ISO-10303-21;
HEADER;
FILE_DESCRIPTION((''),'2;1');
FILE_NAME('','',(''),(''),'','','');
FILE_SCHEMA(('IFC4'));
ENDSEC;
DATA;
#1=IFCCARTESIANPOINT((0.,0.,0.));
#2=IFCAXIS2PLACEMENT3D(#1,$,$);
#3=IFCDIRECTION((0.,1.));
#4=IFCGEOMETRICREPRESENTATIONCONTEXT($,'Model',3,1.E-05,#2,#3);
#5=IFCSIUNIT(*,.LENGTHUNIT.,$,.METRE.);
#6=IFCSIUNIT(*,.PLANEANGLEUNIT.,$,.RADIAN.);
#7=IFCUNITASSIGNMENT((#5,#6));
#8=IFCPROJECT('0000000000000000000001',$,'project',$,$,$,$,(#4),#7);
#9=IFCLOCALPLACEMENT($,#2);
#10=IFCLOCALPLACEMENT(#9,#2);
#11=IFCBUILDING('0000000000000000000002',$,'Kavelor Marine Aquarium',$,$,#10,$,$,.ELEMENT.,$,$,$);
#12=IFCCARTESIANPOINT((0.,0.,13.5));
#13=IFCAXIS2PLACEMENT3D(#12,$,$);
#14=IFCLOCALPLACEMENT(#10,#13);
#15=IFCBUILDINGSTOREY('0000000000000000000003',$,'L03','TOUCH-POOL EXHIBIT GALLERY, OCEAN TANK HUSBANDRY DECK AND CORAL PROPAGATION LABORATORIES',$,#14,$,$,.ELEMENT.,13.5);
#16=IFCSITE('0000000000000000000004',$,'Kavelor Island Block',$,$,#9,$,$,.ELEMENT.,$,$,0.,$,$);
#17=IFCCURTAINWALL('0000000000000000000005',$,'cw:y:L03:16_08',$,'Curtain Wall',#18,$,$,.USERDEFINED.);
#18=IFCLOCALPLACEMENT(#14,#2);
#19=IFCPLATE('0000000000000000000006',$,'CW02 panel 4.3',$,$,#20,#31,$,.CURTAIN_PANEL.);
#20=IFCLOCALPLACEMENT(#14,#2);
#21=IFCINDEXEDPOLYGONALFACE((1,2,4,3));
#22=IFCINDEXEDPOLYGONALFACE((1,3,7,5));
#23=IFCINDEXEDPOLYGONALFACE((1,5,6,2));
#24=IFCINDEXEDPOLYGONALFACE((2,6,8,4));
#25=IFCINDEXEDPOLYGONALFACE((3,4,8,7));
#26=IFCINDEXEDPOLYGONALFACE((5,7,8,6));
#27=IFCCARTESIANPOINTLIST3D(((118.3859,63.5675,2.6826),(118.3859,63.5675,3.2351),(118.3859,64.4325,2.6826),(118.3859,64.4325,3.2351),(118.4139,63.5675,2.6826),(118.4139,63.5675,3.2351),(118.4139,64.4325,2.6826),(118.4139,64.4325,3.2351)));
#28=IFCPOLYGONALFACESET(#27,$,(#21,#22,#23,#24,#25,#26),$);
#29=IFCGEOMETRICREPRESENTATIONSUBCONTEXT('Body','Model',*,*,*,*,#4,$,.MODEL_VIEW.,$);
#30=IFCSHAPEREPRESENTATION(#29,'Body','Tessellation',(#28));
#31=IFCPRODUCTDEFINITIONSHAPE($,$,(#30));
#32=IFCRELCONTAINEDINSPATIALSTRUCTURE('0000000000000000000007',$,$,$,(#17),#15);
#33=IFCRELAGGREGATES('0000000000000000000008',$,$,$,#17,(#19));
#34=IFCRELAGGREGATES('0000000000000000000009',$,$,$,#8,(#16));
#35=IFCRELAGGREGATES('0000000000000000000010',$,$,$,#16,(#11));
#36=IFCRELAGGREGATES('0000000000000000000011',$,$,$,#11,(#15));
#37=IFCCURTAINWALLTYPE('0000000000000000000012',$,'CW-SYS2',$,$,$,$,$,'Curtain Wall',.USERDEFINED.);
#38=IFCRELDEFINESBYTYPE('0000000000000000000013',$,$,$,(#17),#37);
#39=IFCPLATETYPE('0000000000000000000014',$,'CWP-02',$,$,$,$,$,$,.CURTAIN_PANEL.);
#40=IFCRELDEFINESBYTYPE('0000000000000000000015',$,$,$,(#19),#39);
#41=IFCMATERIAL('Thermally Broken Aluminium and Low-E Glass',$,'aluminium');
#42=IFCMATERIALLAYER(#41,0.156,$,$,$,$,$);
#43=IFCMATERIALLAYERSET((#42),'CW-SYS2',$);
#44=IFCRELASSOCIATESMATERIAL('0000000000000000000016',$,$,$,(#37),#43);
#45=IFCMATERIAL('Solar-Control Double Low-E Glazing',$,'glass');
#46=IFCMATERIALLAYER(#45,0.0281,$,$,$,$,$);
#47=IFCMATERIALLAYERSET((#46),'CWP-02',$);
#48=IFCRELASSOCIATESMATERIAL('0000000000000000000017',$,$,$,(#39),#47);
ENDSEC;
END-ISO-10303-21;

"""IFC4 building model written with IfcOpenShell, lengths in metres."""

from ifc_helpers import new_model, si_unit, direction, frame, origin, origin_2d, place, context, subcontext, project, spatial, rectangle, extrude, material, layer, layer_set, type_object, element, aggregate, save


model = new_model("IFC4")

# Units and contexts
model_context = context("Model", 3, precision=1e-05, world=origin(), true_north=direction((0.0, 1.0)))
body_context = subcontext(model_context, "Body", "Model", "MODEL_VIEW")
ifc_project = project(units=[si_unit("LENGTHUNIT", "METRE"), si_unit("PLANEANGLEUNIT", "RADIAN")], contexts=[model_context])

# Site, building, storey
site_placement = place(None, origin())
site = spatial("IfcSite", under=ifc_project, at=site_placement, Name="Kavelor Island Block", CompositionType="ELEMENT", RefElevation=0.0)
building_placement = place(site_placement, origin())
building = spatial("IfcBuilding", under=site, at=building_placement, Name="Kavelor Marine Aquarium", CompositionType="ELEMENT")
storey_placement = place(building_placement, frame((0.0, 0.0, 13.5)))
storey = spatial("IfcBuildingStorey", under=building, at=storey_placement, Name="L03", Description="TOUCH-POOL EXHIBIT GALLERY, OCEAN TANK HUSBANDRY DECK AND CORAL PROPAGATION LABORATORIES", CompositionType="ELEMENT", Elevation=13.5)

# Curtain wall
ifc_material_1 = material(Name="Thermally Broken Aluminium and Low-E Glass", Category="aluminium")
ifc_layer_1 = layer(ifc_material_1, 0.156)
ifc_layer_set_1 = layer_set([ifc_layer_1], Name="CW-SYS2")
curtain_wall_type_1 = type_object("IfcCurtainWallType", Name="CW-SYS2", ElementType="Curtain Wall", PredefinedType="USERDEFINED", material=ifc_layer_set_1)
curtain_wall_1_placement = place(storey_placement, origin())
curtain_wall_1 = element("IfcCurtainWall", 1, at=curtain_wall_1_placement, inside=storey, type_object=curtain_wall_type_1, Name="cw:y:L03:16_08", ObjectType="Curtain Wall", PredefinedType="USERDEFINED")

# Plate
ifc_material_2 = material(Name="Solar-Control Double Low-E Glazing", Category="glass")
ifc_layer_2 = layer(ifc_material_2, 0.0281)
ifc_layer_set_2 = layer_set([ifc_layer_2], Name="CWP-02")
plate_type = type_object("IfcPlateType", Name="CWP-02", PredefinedType="CURTAIN_PANEL", material=ifc_layer_set_2)
plate_1_placement = place(storey_placement, frame((118.3999, 64.0, 2.6826), z_axis=(0.0, 0.0, 1.0), x_axis=(0.0, -1.0, 0.0)))
plate_1 = element("IfcPlate", 2, at=plate_1_placement, type_object=plate_type, Name="CW02 panel 4.3", PredefinedType="CURTAIN_PANEL", context=body_context, shape_type="SweptSolid", body=[
    extrude(rectangle(XDim=0.865, YDim=0.0281, at=origin_2d()), origin(), (0.0, 0.0, 1.0), 0.5525),
])
aggregate(curtain_wall_1, [plate_1])

save(model, "model.ifc")
